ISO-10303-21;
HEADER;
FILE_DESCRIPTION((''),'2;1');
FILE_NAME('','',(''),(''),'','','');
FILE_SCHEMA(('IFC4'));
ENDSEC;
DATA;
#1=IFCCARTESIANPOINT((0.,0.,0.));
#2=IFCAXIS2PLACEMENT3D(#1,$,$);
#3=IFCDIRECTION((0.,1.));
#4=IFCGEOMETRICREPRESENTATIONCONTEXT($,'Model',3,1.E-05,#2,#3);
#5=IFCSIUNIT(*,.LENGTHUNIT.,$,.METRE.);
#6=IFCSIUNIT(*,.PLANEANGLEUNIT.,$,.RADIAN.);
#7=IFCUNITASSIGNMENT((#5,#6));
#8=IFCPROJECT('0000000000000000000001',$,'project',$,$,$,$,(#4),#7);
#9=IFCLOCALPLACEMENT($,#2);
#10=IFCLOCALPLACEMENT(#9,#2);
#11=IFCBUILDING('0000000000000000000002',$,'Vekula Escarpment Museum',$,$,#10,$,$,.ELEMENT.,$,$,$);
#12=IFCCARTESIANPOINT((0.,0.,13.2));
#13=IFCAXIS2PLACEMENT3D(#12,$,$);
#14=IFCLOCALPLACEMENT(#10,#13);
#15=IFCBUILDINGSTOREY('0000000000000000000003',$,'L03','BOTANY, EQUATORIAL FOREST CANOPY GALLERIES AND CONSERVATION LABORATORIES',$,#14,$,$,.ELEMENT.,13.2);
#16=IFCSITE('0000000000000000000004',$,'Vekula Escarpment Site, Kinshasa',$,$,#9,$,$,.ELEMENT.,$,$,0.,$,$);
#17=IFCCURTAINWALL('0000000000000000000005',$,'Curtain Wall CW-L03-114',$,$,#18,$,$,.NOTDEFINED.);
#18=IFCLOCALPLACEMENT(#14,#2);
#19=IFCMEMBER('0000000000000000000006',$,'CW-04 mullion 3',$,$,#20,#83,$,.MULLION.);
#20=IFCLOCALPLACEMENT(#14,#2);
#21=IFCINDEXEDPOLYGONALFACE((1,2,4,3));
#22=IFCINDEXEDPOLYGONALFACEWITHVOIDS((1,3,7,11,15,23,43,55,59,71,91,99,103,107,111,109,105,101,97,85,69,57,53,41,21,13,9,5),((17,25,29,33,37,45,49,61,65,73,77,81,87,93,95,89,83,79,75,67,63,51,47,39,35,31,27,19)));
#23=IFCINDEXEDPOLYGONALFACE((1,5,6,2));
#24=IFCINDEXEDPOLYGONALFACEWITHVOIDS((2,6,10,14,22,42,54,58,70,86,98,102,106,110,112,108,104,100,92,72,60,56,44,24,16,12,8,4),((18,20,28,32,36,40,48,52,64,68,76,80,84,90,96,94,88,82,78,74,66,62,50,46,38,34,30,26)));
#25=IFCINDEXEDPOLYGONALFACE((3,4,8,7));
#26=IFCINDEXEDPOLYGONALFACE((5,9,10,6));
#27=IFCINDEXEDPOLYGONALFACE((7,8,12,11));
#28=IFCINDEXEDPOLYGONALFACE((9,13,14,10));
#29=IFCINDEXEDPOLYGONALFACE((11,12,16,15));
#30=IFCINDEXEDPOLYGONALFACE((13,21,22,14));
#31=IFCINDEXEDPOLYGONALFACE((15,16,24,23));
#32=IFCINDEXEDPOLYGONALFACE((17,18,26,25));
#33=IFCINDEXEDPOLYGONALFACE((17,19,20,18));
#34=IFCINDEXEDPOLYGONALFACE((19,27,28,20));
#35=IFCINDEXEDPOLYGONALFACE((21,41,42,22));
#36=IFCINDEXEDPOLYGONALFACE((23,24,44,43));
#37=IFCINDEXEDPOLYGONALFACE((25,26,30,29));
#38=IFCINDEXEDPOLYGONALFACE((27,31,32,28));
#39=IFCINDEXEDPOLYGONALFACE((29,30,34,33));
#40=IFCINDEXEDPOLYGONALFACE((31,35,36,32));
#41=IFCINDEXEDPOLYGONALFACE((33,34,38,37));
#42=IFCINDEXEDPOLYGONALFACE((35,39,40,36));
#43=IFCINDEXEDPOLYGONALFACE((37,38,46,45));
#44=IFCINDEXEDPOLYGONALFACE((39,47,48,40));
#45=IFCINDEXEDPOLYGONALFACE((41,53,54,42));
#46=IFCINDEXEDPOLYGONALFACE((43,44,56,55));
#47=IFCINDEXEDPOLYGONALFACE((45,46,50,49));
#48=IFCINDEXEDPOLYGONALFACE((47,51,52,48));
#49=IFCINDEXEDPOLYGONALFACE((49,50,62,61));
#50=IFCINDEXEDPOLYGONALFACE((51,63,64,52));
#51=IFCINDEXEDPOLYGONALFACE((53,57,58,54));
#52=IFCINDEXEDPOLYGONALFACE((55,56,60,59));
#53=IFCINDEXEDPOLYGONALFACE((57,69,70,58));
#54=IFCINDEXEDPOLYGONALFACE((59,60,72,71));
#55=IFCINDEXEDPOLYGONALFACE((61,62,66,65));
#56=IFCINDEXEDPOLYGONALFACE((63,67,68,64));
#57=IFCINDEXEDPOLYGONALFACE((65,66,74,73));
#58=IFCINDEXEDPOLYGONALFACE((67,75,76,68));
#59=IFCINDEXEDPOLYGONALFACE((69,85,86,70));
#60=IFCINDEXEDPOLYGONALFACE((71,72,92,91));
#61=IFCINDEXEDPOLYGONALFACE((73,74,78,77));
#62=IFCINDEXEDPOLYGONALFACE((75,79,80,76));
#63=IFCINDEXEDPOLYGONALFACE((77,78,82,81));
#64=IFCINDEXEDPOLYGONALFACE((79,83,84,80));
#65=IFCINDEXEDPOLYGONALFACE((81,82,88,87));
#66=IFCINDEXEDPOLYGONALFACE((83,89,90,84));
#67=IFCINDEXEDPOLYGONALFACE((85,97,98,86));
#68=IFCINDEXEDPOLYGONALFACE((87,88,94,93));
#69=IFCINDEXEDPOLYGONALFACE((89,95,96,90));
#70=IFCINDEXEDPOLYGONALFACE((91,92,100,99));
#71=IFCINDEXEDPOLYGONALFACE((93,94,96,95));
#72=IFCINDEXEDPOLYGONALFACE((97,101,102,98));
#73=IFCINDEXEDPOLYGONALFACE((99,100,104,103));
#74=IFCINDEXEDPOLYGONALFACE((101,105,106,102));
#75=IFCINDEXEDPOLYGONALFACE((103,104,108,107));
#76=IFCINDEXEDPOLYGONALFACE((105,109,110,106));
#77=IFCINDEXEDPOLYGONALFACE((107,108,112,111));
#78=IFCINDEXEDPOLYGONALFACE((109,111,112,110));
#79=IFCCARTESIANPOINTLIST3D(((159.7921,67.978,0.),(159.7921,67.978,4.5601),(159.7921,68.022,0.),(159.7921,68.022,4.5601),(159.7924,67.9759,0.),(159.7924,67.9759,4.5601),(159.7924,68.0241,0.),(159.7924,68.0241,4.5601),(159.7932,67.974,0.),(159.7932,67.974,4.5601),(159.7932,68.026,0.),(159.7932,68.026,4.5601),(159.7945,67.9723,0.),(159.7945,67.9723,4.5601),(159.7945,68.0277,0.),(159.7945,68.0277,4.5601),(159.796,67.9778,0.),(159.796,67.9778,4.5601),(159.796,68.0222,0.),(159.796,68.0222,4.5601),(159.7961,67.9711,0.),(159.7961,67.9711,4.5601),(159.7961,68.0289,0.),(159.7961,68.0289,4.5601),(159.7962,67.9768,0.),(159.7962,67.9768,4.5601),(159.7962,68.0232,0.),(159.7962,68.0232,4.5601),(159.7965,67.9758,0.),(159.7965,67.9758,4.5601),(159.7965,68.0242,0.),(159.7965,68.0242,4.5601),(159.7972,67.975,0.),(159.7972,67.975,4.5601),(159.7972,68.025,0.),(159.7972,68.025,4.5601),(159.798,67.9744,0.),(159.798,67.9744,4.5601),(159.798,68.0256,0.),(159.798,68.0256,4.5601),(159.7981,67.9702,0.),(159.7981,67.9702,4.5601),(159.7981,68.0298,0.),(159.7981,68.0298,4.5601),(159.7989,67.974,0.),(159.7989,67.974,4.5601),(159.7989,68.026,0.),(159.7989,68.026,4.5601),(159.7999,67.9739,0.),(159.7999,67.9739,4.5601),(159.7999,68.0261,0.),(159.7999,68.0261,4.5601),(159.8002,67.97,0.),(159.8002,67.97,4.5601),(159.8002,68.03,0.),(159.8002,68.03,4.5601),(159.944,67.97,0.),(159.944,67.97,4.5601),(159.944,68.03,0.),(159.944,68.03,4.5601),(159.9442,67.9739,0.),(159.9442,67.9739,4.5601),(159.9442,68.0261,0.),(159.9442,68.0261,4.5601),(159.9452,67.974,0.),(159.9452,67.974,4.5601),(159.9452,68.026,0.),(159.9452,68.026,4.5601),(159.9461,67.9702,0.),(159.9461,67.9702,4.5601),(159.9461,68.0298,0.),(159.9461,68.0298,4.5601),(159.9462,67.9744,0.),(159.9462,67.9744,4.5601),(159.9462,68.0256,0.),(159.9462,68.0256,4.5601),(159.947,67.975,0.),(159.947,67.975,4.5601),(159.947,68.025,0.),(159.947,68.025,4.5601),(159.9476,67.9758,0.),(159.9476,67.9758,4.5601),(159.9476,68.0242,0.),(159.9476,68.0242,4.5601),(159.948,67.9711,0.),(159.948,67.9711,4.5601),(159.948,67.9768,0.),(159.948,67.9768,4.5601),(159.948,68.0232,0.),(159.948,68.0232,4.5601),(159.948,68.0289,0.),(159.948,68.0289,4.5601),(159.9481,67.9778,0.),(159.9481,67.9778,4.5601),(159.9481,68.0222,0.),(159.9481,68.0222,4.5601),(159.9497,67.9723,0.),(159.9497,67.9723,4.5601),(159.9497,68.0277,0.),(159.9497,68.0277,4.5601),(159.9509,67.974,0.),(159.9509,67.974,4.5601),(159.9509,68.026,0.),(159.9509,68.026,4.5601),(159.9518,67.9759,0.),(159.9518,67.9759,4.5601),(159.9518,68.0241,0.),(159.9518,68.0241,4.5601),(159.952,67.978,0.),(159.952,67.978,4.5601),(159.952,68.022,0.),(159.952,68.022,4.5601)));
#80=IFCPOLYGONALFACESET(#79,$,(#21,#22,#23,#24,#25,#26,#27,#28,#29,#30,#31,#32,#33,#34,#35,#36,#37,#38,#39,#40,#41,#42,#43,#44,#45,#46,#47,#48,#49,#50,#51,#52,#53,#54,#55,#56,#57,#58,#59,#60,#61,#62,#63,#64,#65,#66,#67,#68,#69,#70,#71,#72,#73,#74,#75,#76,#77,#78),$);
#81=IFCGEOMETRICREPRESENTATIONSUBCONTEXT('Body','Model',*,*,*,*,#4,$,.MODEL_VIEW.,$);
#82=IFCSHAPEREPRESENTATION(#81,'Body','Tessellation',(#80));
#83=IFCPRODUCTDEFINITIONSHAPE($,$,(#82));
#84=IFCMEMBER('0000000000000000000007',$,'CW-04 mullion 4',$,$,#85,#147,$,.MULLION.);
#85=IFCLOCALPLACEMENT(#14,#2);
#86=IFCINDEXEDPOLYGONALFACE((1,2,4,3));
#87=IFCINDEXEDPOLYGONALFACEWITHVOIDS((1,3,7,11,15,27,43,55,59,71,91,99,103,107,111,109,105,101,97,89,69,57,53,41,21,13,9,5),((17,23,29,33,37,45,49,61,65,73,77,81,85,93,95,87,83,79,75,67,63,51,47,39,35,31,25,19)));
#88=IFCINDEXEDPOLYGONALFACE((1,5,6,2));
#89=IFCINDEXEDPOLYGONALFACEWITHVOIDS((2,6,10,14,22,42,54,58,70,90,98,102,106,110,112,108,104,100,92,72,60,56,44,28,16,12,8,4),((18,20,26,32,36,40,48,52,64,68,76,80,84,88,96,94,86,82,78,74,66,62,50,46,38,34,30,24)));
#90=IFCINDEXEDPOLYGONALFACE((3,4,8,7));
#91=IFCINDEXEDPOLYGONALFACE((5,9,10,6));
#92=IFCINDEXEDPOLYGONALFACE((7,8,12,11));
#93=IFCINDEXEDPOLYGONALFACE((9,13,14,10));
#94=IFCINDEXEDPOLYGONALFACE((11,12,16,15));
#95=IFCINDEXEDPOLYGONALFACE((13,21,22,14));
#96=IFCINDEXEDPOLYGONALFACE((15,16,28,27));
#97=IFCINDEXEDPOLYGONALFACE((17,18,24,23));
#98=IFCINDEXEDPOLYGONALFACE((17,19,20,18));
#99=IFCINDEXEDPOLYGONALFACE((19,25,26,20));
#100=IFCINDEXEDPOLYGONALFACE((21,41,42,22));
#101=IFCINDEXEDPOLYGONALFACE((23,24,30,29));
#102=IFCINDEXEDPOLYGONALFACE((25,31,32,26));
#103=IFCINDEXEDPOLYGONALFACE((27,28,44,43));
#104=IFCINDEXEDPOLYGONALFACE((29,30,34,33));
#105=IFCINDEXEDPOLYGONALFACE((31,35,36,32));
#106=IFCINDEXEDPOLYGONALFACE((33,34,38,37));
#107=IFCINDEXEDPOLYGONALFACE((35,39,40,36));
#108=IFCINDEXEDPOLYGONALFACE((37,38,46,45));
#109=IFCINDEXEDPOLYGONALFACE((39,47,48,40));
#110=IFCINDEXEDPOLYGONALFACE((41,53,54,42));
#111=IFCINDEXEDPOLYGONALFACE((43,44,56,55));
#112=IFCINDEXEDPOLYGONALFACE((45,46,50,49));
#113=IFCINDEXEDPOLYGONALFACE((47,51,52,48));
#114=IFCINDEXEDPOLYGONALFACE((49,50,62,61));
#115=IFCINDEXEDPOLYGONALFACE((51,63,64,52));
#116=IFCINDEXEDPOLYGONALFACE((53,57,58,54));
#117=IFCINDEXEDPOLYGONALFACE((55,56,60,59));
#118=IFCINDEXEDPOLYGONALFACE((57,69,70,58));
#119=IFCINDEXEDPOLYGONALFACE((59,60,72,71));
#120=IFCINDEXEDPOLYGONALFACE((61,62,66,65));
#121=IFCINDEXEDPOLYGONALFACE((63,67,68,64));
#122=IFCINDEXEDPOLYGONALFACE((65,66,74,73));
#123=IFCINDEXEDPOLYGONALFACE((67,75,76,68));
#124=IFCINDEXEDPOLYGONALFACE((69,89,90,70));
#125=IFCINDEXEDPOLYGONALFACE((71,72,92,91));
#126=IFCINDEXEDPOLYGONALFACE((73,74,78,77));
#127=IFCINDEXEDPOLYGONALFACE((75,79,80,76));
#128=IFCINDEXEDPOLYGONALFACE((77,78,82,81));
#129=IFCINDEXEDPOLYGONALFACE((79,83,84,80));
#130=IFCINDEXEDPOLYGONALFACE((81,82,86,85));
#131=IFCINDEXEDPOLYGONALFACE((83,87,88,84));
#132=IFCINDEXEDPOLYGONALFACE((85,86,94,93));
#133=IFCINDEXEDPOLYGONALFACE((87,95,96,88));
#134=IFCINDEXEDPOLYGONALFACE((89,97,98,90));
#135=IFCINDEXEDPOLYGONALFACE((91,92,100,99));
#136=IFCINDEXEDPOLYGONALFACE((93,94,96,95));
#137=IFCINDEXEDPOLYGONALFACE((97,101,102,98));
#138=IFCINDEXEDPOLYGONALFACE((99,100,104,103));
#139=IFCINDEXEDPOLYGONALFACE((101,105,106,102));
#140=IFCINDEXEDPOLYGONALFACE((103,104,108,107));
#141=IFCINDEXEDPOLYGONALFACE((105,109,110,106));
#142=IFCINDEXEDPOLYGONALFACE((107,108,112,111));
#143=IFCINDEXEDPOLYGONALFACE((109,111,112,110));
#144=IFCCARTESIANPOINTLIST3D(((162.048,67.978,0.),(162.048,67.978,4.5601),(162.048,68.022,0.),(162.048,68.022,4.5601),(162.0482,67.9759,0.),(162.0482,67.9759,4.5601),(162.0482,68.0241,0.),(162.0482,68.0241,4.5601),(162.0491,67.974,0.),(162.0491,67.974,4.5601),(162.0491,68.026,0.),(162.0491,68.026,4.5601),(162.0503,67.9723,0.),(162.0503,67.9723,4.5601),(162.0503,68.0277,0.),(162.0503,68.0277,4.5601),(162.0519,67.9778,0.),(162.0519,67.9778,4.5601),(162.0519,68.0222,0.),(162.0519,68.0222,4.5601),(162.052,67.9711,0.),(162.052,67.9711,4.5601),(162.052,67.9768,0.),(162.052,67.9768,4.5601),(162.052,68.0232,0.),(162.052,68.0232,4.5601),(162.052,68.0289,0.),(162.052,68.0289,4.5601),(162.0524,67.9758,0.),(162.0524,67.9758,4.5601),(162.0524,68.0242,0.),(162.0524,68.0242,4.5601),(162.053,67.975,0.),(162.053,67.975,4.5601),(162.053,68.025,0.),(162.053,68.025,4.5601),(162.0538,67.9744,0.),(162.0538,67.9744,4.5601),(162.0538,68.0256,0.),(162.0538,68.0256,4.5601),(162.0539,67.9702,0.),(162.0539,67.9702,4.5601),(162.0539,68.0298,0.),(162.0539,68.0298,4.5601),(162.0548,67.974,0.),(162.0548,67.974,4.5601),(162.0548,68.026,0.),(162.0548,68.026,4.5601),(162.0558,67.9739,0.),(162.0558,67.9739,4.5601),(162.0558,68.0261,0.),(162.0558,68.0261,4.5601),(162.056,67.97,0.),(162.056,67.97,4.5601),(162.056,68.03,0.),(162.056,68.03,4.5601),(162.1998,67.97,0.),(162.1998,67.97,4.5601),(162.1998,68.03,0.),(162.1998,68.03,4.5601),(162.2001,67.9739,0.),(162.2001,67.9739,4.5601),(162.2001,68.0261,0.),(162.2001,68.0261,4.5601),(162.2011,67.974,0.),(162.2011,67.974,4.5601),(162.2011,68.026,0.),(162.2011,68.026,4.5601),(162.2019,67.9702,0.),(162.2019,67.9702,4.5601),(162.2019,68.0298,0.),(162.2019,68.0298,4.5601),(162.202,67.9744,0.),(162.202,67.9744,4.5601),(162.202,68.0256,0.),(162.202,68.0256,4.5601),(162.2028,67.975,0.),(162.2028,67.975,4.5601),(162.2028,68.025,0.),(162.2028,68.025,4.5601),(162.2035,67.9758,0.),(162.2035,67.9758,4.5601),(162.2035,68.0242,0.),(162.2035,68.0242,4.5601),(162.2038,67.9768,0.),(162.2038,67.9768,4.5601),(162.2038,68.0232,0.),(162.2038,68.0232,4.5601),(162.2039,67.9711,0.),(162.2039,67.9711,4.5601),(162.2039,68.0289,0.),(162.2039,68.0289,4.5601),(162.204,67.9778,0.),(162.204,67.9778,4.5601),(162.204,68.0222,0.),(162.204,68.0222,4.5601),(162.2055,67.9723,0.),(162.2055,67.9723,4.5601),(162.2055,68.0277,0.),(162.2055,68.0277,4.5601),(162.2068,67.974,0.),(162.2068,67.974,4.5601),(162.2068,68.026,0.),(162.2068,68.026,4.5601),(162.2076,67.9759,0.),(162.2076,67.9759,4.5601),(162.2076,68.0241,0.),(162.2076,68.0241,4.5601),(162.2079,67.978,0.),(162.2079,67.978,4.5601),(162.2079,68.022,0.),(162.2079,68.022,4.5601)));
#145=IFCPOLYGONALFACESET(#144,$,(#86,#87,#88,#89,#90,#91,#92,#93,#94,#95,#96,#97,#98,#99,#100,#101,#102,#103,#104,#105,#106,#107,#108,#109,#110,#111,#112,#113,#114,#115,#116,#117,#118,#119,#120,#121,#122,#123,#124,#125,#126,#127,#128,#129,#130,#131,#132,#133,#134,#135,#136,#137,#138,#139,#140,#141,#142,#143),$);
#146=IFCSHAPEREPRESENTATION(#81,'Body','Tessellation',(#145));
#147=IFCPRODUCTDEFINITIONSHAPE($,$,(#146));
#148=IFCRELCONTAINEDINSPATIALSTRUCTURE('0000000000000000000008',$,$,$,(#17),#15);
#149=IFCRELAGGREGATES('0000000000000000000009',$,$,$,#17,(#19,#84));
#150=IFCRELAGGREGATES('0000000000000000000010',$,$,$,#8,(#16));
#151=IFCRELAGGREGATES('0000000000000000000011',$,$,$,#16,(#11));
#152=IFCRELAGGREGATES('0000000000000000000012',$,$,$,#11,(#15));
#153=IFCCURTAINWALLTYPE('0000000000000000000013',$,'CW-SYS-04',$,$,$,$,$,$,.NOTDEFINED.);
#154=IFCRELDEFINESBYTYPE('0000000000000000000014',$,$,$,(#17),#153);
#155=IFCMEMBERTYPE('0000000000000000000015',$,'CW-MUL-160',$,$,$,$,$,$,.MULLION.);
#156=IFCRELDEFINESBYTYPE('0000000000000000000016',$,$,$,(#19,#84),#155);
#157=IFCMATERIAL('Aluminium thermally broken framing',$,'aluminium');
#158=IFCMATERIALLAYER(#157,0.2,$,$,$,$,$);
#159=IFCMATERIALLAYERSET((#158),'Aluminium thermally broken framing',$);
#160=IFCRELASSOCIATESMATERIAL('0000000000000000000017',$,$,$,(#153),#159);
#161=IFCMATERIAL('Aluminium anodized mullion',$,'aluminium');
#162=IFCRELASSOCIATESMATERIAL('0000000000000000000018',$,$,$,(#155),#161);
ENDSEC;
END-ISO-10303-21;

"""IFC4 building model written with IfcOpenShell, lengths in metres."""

from ifc_helpers import new_model, si_unit, direction, frame, origin, origin_2d, place, context, subcontext, project, spatial, hollow_rectangle, extrude, material, layer, layer_set, material_profile, profile_set, type_object, element, aggregate, save


model = new_model("IFC4")

# Units and contexts
model_context = context("Model", 3, precision=1e-05, world=origin(), true_north=direction((0.0, 1.0)))
body_context = subcontext(model_context, "Body", "Model", "MODEL_VIEW")
ifc_project = project(units=[si_unit("LENGTHUNIT", "METRE"), si_unit("PLANEANGLEUNIT", "RADIAN")], contexts=[model_context])

# Site, building, storey
site_placement = place(None, origin())
site = spatial("IfcSite", under=ifc_project, at=site_placement, Name="Vekula Escarpment Site, Kinshasa", CompositionType="ELEMENT", RefElevation=0.0)
building_placement = place(site_placement, origin())
building = spatial("IfcBuilding", under=site, at=building_placement, Name="Vekula Escarpment Museum", CompositionType="ELEMENT")
storey_placement = place(building_placement, frame((0.0, 0.0, 13.2)))
storey = spatial("IfcBuildingStorey", under=building, at=storey_placement, Name="L03", Description="BOTANY, EQUATORIAL FOREST CANOPY GALLERIES AND CONSERVATION LABORATORIES", CompositionType="ELEMENT", Elevation=13.2)

# Curtain wall, members
ifc_material_1 = material(Name="Aluminium thermally broken framing", Category="aluminium")
ifc_layer_1 = layer(ifc_material_1, 0.2)
ifc_layer_set_1 = layer_set([ifc_layer_1], Name="Aluminium thermally broken framing")
curtain_wall_type = type_object("IfcCurtainWallType", Name="CW-SYS-04", PredefinedType="NOTDEFINED", material=ifc_layer_set_1)
curtain_wall_placement = place(storey_placement, origin())
curtain_wall = element("IfcCurtainWall", 1, at=curtain_wall_placement, inside=storey, type_object=curtain_wall_type, Name="Curtain Wall CW-L03-114", PredefinedType="NOTDEFINED")
ifc_material_2 = material(Name="Aluminium anodized mullion", Category="aluminium")
ifc_material_profile_1 = material_profile(ifc_material_2, hollow_rectangle(XDim=0.0601, YDim=0.1599, WallThickness=0.0039, InnerFilletRadius=0.0039, OuterFilletRadius=0.0081, at=origin_2d()), Name="ALU 160x60x4")
ifc_profile_set_1 = profile_set([ifc_material_profile_1], Name="Aluminium anodized mullion")
member_type_1 = type_object("IfcMemberType", Name="CW-MUL-160", PredefinedType="MULLION", material=ifc_profile_set_1)
member_1_placement = place(storey_placement, frame((159.8721, 68.0, 0.0), z_axis=(0.0, 0.0, 1.0), x_axis=(0.0, 1.0, 0.0)))
member_1 = element("IfcMember", 2, at=member_1_placement, type_object=member_type_1, Name="CW-04 mullion 3", PredefinedType="MULLION", context=body_context, shape_type="SweptSolid", body=[
    extrude(hollow_rectangle(XDim=0.0601, YDim=0.1599, WallThickness=0.0039, InnerFilletRadius=0.0039, OuterFilletRadius=0.0081, at=origin_2d()), origin(), (0.0, 0.0, 1.0), 4.5601),
])
member_2_placement = place(storey_placement, frame((162.1279, 68.0, 0.0), z_axis=(0.0, 0.0, 1.0), x_axis=(0.0, 1.0, 0.0)))
member_2 = element("IfcMember", 3, at=member_2_placement, type_object=member_type_1, Name="CW-04 mullion 4", PredefinedType="MULLION", context=body_context, shape_type="SweptSolid", body=[
    extrude(hollow_rectangle(XDim=0.0601, YDim=0.1599, WallThickness=0.0039, InnerFilletRadius=0.0039, OuterFilletRadius=0.0081, at=origin_2d()), origin(), (0.0, 0.0, 1.0), 4.5601),
])
aggregate(curtain_wall, [member_1, member_2])

save(model, "model.ifc")
